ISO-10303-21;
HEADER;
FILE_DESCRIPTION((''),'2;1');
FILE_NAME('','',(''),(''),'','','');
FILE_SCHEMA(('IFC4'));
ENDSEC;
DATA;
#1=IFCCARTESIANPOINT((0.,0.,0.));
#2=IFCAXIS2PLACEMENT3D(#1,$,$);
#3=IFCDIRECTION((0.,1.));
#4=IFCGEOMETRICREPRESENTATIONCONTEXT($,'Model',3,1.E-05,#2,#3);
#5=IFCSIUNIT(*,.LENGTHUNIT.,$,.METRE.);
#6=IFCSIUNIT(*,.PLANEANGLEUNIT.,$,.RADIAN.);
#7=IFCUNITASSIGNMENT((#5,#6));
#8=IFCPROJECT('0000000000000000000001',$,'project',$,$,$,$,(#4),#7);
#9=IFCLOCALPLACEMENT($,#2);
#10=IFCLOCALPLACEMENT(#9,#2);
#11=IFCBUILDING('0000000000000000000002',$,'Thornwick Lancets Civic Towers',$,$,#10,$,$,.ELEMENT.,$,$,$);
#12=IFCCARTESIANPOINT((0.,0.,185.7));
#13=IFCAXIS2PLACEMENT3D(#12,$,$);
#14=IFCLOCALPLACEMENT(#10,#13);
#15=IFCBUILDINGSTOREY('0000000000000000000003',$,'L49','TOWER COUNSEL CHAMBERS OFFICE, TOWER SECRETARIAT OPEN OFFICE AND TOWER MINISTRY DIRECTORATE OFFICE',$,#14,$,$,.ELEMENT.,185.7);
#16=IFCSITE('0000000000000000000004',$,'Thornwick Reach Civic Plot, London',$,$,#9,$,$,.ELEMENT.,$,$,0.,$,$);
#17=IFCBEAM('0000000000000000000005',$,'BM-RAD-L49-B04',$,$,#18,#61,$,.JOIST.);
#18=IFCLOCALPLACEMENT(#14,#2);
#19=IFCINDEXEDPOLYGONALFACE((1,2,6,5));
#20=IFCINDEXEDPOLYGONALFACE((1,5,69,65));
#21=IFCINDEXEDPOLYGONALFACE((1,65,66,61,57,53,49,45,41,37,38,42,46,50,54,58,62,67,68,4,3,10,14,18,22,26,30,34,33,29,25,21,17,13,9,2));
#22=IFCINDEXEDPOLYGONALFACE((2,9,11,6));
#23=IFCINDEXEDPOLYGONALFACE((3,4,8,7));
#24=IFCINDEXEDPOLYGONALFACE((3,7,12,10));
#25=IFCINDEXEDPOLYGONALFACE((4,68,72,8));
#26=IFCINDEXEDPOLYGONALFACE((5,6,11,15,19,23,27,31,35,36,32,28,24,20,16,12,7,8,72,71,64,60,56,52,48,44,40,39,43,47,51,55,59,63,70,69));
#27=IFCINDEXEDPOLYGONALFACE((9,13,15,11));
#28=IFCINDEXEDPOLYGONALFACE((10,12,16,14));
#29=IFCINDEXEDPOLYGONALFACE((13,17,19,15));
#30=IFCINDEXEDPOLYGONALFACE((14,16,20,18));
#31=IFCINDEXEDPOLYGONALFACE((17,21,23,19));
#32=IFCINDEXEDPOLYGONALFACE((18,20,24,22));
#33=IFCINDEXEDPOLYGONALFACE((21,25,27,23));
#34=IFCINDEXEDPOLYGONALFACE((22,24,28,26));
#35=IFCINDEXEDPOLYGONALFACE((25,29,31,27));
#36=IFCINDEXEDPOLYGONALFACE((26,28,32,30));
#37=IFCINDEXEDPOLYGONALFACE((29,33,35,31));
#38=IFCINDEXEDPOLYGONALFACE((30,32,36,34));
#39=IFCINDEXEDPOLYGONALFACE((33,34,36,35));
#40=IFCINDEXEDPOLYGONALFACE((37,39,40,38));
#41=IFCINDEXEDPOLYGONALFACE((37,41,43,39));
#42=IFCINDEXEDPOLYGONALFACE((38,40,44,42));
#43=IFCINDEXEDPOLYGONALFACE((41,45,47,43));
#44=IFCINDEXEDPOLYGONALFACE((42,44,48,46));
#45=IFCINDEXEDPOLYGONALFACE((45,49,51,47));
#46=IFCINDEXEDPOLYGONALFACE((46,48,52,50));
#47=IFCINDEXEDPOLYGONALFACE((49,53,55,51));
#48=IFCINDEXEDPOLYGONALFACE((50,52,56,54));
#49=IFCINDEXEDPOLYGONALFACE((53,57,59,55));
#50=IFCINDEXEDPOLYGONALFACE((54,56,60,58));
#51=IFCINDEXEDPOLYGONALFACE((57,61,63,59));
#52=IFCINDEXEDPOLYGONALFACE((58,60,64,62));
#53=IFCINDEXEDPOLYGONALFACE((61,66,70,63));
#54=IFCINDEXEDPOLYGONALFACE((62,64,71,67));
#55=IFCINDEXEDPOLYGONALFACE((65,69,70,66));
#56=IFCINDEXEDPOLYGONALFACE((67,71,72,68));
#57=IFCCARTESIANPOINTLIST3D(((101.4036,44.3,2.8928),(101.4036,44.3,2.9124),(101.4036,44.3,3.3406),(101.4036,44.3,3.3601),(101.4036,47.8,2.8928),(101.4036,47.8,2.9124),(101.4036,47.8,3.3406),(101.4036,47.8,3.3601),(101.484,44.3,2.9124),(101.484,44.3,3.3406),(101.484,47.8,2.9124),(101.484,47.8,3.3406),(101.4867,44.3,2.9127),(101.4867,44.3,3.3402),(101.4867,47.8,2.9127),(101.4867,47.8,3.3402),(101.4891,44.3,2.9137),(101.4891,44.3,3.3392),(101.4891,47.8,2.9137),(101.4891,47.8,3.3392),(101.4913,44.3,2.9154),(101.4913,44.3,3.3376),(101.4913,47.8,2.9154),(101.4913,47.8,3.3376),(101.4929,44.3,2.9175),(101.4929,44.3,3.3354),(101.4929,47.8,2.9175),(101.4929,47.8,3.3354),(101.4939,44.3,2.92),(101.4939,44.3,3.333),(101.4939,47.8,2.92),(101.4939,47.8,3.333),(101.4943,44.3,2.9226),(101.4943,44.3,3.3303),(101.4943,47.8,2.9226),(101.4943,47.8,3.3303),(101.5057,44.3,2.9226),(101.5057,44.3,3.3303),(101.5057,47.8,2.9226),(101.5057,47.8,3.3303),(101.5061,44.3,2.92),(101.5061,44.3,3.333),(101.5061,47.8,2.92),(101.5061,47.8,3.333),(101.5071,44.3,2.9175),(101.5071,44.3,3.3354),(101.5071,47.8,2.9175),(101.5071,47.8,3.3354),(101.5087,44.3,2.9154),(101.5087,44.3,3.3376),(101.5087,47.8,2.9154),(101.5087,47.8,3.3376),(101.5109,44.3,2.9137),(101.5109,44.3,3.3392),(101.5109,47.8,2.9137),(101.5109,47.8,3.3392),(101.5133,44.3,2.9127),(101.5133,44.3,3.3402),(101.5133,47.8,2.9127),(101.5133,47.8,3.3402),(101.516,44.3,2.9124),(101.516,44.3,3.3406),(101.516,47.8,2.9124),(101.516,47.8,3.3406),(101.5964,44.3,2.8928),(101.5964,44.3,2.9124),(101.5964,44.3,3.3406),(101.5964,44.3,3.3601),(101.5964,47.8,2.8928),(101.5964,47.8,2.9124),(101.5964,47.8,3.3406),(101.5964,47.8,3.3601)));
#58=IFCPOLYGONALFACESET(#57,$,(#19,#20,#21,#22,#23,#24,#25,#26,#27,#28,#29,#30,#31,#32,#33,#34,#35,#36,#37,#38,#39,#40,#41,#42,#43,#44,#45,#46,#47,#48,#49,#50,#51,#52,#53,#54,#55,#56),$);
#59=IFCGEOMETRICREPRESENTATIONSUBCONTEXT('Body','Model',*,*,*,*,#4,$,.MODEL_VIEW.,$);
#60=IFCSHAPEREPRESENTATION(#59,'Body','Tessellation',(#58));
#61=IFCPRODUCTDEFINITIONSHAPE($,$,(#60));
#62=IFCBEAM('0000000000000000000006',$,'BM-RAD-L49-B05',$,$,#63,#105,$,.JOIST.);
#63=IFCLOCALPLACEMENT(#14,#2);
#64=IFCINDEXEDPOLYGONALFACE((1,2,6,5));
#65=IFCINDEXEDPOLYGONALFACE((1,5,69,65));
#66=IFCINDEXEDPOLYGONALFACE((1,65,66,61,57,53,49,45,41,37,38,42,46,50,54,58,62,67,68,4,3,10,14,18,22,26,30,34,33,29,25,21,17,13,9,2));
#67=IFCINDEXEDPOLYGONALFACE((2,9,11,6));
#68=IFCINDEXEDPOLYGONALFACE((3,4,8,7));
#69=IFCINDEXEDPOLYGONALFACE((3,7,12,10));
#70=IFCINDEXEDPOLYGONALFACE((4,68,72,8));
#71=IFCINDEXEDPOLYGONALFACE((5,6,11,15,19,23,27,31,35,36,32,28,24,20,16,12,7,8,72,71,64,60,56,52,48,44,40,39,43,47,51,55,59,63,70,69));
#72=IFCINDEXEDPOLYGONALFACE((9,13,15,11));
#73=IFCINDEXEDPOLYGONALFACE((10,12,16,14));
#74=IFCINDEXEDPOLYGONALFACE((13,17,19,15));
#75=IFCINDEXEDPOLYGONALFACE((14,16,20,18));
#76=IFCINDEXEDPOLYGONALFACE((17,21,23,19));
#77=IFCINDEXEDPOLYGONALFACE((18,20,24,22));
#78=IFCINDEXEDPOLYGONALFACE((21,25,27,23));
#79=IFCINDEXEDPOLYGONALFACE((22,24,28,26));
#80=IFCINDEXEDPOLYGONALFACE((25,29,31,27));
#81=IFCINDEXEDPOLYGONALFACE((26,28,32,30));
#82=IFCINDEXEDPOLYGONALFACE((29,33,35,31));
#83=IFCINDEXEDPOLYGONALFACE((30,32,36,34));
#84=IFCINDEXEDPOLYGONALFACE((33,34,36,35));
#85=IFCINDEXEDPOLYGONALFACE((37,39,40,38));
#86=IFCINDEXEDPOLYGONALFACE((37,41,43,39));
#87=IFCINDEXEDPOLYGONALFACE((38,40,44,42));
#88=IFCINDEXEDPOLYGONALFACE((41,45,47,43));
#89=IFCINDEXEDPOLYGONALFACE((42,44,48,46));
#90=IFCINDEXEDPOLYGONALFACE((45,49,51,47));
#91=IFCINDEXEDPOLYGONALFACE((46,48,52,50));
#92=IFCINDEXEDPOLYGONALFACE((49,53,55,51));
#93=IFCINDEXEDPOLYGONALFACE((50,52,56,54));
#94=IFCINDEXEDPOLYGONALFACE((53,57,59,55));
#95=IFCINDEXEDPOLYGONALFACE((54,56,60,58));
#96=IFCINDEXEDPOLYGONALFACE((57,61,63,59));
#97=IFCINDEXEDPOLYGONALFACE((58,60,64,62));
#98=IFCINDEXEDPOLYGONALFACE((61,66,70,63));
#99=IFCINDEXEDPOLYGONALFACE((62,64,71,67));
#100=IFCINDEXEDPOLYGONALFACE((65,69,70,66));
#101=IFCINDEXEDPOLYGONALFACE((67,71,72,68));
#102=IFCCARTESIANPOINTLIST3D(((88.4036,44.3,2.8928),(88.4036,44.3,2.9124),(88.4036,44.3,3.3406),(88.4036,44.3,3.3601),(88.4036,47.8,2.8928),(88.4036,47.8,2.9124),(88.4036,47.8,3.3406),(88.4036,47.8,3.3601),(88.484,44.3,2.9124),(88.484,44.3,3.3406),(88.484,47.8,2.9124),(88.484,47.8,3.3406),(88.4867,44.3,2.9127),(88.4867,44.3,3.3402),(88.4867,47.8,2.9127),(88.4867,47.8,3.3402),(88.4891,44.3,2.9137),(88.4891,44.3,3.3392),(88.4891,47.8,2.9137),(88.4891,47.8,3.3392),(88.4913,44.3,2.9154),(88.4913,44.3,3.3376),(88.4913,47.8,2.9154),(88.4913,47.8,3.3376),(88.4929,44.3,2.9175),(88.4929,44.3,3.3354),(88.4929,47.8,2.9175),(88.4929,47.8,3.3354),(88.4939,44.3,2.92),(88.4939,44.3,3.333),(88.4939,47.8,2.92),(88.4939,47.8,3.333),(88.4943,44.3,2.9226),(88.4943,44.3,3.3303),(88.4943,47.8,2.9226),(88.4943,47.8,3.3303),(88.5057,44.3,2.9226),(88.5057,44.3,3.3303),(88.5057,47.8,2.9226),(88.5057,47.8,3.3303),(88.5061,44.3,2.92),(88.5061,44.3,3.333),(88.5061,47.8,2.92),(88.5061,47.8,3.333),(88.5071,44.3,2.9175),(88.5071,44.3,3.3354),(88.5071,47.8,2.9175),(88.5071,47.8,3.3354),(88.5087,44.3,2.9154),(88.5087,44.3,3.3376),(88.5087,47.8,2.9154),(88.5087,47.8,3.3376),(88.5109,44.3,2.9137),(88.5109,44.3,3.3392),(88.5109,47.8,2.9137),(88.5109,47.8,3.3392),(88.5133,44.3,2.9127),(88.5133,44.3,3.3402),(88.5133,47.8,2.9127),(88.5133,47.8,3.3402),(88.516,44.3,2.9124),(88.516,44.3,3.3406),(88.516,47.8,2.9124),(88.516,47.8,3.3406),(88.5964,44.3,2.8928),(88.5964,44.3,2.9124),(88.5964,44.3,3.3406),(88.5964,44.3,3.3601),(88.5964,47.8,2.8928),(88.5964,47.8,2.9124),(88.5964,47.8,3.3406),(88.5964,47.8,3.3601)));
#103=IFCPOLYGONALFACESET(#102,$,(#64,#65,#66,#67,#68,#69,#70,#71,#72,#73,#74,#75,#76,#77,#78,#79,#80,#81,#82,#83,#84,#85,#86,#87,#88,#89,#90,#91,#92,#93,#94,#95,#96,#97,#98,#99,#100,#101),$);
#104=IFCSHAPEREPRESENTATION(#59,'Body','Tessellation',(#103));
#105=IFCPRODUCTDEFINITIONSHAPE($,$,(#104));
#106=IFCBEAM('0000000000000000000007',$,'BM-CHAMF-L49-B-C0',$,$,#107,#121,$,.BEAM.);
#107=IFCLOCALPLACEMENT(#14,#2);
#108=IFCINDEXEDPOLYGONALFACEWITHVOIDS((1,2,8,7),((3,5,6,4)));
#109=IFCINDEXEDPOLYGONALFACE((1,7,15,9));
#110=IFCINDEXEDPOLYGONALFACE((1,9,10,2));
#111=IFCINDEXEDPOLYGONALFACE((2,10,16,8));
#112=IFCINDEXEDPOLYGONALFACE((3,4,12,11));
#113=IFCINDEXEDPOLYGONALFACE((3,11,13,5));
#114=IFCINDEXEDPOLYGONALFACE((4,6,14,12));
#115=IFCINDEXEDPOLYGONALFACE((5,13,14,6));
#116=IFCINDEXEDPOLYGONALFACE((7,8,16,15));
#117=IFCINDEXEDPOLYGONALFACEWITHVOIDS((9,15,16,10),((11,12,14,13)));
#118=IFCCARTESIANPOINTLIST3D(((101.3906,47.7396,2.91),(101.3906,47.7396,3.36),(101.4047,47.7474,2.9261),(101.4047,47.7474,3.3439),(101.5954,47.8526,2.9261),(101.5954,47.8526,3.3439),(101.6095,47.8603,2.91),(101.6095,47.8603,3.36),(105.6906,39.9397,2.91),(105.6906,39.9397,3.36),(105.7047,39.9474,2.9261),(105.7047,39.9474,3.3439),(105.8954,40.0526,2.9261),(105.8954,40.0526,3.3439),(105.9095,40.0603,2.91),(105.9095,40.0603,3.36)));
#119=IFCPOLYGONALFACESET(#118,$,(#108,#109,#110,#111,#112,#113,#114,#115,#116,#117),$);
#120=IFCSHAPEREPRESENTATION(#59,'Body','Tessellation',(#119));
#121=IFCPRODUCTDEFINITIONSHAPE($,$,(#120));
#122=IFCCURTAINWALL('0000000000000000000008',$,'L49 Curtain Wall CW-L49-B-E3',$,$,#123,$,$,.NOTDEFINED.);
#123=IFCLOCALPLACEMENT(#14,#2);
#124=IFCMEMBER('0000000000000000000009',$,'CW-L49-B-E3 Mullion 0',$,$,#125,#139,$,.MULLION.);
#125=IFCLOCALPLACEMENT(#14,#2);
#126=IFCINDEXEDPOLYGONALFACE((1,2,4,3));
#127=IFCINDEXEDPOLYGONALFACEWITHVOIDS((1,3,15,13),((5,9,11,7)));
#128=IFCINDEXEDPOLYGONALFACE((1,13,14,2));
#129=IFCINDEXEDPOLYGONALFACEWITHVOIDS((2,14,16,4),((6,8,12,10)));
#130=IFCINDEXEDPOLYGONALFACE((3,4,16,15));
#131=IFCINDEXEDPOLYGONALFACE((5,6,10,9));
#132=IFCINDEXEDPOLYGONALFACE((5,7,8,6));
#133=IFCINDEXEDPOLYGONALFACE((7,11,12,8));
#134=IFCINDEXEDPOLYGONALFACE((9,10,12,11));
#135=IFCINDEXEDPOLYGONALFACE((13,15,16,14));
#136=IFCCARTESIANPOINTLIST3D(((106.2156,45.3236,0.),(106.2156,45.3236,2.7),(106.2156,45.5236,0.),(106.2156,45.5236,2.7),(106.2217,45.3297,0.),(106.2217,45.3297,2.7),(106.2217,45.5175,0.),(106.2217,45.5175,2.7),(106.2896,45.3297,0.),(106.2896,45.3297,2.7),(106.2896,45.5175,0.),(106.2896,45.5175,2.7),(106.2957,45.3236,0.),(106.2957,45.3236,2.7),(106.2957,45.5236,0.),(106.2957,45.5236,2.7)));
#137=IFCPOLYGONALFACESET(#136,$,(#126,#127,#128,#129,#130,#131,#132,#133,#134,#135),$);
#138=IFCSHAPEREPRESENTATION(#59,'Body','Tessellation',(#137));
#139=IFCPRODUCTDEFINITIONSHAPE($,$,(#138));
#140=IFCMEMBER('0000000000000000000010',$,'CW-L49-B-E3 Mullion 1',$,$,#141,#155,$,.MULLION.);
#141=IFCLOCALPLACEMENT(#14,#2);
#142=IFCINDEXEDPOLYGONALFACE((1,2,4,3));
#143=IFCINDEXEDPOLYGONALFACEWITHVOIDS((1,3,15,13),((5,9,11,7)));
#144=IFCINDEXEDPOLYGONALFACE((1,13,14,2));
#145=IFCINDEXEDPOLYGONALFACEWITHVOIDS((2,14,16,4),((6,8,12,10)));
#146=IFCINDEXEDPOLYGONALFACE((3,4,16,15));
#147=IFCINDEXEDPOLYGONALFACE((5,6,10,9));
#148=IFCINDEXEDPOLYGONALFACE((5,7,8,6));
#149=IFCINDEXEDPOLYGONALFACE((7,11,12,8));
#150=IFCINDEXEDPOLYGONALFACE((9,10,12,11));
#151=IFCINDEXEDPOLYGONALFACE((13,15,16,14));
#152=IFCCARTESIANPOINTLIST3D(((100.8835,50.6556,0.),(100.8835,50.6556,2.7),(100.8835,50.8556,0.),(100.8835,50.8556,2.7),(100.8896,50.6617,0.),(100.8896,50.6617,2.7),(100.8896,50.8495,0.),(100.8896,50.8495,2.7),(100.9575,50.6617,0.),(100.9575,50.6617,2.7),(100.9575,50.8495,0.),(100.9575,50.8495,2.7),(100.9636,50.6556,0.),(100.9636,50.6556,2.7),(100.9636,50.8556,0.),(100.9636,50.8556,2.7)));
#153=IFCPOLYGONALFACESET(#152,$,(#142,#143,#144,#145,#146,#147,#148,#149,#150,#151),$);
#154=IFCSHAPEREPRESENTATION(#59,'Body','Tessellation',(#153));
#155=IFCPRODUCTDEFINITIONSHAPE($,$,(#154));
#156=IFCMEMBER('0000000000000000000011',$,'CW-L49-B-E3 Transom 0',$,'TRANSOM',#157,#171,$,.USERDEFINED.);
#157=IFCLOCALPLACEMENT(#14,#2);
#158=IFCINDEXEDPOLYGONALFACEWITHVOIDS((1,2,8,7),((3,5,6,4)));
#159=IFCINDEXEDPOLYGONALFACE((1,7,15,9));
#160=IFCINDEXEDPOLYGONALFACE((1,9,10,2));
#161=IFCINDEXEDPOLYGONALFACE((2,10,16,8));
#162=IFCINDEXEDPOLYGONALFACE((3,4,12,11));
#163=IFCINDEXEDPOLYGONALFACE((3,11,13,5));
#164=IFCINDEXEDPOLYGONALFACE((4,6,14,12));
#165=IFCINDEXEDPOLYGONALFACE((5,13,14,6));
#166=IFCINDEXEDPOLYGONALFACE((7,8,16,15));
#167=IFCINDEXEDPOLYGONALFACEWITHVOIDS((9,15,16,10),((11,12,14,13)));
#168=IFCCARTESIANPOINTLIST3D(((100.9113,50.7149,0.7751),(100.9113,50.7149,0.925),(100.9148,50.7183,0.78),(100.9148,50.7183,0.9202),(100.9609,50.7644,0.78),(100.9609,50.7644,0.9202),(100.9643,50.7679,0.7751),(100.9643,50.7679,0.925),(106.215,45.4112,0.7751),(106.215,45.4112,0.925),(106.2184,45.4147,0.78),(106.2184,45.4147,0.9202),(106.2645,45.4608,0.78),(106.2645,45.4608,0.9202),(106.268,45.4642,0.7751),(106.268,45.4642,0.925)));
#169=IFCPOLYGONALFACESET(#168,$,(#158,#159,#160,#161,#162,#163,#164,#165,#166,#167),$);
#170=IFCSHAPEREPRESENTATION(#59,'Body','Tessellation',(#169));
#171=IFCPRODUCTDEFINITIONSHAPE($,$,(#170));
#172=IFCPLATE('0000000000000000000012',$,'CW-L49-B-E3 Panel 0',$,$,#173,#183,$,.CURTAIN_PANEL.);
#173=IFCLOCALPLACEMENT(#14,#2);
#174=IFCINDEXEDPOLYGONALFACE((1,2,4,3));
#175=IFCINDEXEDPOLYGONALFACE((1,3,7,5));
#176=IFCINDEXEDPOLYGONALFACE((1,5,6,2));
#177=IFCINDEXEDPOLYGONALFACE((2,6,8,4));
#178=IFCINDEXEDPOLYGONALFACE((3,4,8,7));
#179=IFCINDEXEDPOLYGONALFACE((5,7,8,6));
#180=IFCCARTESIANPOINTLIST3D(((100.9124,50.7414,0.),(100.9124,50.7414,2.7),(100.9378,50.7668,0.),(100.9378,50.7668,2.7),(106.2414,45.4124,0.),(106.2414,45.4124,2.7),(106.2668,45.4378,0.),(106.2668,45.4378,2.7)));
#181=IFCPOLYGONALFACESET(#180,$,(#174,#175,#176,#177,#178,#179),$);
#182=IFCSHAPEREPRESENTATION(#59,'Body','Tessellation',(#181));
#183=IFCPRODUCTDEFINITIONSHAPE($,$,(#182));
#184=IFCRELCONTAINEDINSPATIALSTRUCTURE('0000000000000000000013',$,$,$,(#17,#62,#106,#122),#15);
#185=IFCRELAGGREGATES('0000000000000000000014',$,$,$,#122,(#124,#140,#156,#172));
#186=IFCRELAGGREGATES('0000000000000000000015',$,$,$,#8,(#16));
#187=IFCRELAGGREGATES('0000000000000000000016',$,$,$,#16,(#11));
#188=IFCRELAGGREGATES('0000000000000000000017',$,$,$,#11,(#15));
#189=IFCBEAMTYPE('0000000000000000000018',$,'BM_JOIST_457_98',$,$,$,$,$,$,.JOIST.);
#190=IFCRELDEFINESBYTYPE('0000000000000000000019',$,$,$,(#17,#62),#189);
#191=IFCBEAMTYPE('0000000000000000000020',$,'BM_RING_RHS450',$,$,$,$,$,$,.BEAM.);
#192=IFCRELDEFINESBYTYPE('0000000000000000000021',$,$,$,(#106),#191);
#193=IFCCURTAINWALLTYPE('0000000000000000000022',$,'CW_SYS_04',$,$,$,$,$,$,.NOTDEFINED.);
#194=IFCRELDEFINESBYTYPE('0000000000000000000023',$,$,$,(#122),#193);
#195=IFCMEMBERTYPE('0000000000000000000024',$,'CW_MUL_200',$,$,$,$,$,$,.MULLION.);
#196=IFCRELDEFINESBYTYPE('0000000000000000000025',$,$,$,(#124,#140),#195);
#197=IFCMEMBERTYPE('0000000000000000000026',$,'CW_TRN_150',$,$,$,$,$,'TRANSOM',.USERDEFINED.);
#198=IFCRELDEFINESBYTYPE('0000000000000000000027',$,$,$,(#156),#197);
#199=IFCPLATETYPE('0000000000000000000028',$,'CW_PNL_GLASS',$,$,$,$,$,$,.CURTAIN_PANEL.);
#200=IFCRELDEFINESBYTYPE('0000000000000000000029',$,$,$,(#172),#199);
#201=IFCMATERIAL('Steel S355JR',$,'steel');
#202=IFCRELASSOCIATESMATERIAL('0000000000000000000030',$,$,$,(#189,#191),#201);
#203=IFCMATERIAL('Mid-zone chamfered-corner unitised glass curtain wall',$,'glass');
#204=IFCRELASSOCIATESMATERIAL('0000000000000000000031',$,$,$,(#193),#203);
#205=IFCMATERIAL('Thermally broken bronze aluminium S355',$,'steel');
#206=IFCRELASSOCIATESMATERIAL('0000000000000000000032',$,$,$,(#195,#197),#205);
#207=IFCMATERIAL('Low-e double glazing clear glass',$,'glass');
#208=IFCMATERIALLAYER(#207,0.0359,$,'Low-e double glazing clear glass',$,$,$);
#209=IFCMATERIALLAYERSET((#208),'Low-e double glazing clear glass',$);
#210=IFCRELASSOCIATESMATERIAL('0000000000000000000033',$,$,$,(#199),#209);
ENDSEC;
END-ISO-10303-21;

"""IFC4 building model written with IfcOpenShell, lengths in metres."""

from ifc_helpers import new_model, si_unit, direction, frame, origin, origin_2d, place, context, subcontext, project, spatial, rectangle, hollow_rectangle, i_section, extrude, material, layer, layer_set, material_profile, profile_set, type_object, element, aggregate, save


model = new_model("IFC4")

# Units and contexts
model_context = context("Model", 3, precision=1e-05, world=origin(), true_north=direction((0.0, 1.0)))
body_context = subcontext(model_context, "Body", "Model", "MODEL_VIEW")
ifc_project = project(units=[si_unit("LENGTHUNIT", "METRE"), si_unit("PLANEANGLEUNIT", "RADIAN")], contexts=[model_context])

# Site, building, storey
site_placement = place(None, origin())
site = spatial("IfcSite", under=ifc_project, at=site_placement, Name="Thornwick Reach Civic Plot, London", CompositionType="ELEMENT", RefElevation=0.0)
building_placement = place(site_placement, origin())
building = spatial("IfcBuilding", under=site, at=building_placement, Name="Thornwick Lancets Civic Towers", CompositionType="ELEMENT")
storey_placement = place(building_placement, frame((0.0, 0.0, 185.7)))
storey = spatial("IfcBuildingStorey", under=building, at=storey_placement, Name="L49", Description="TOWER COUNSEL CHAMBERS OFFICE, TOWER SECRETARIAT OPEN OFFICE AND TOWER MINISTRY DIRECTORATE OFFICE", CompositionType="ELEMENT", Elevation=185.7)

# Beams
ifc_material_1 = material(Name="Steel S355JR", Category="steel")
ifc_material_profile_1 = material_profile(ifc_material_1, i_section(OverallWidth=0.1929, OverallDepth=0.4673, WebThickness=0.0115, FlangeThickness=0.0195, FilletRadius=0.0103, at=origin_2d()), Name="UKB 457x191x98")
ifc_profile_set_1 = profile_set([ifc_material_profile_1], Name="Steel S355JR")
beam_type_1 = type_object("IfcBeamType", Name="BM_JOIST_457_98", PredefinedType="JOIST", material=ifc_profile_set_1)
for number, where, z_axis, x_axis, name in (
    (1, (101.5, 44.3, 3.1265), (0.0, 1.0, 0.0), (-1.0, 0.0, 0.0), "BM-RAD-L49-B04"),
    (2, (88.5, 44.3, 3.1265), (0.0, 1.0, 0.0), (-1.0, 0.0, 0.0), "BM-RAD-L49-B05"),
):
    element("IfcBeam", number, at=place(storey_placement, frame(where, z_axis=z_axis, x_axis=x_axis)), inside=storey, type_object=beam_type_1, Name=name, PredefinedType="JOIST", context=body_context, shape_type="SweptSolid", body=[
        extrude(i_section(OverallWidth=0.1929, OverallDepth=0.4673, WebThickness=0.0115, FlangeThickness=0.0195, FilletRadius=0.0103, at=origin_2d()), origin(), (0.0, 0.0, 1.0), 3.5),
    ])
ifc_material_profile_2 = material_profile(ifc_material_1, hollow_rectangle(XDim=0.25, YDim=0.45, WallThickness=0.0161, at=origin_2d()), Name="RHS 450x250x16")
ifc_profile_set_2 = profile_set([ifc_material_profile_2], Name="Steel S355JR")
beam_type_2 = type_object("IfcBeamType", Name="BM_RING_RHS450", PredefinedType="BEAM", material=ifc_profile_set_2)
beam_1_placement = place(storey_placement, frame((105.8, 40.0, 3.135), z_axis=(-0.482782, 0.87574, 0.0), x_axis=(-0.87574, -0.482782, 0.0)))
element("IfcBeam", 3, at=beam_1_placement, inside=storey, type_object=beam_type_2, Name="BM-CHAMF-L49-B-C0", PredefinedType="BEAM", context=body_context, shape_type="SweptSolid", body=[
    extrude(hollow_rectangle(XDim=0.25, YDim=0.45, WallThickness=0.0161, at=origin_2d()), origin(), (0.0, 0.0, 1.0), 8.9067),
])

# Curtain wall, members, plate
ifc_material_2 = material(Name="Mid-zone chamfered-corner unitised glass curtain wall", Category="glass")
curtain_wall_type = type_object("IfcCurtainWallType", Name="CW_SYS_04", PredefinedType="NOTDEFINED", material=ifc_material_2)
curtain_wall_placement = place(storey_placement, origin())
curtain_wall = element("IfcCurtainWall", 4, at=curtain_wall_placement, inside=storey, type_object=curtain_wall_type, Name="L49 Curtain Wall CW-L49-B-E3", PredefinedType="NOTDEFINED")
ifc_material_3 = material(Name="Thermally broken bronze aluminium S355", Category="steel")
ifc_material_profile_3 = material_profile(ifc_material_3, hollow_rectangle(XDim=0.0801, YDim=0.2, WallThickness=0.0061, at=origin_2d()), Name="RHS 200x80x6")
ifc_profile_set_3 = profile_set([ifc_material_profile_3], Name="Thermally broken bronze aluminium S355")
member_type_1 = type_object("IfcMemberType", Name="CW_MUL_200", PredefinedType="MULLION", material=ifc_profile_set_3)
member_1_placement = place(storey_placement, frame((106.2556, 45.4236, 0.0), z_axis=(0.0, 0.0, 1.0), x_axis=(1.0, 0.0, 0.0)))
member_1 = element("IfcMember", 5, at=member_1_placement, type_object=member_type_1, Name="CW-L49-B-E3 Mullion 0", PredefinedType="MULLION", context=body_context, shape_type="SweptSolid", body=[
    extrude(hollow_rectangle(XDim=0.0801, YDim=0.2, WallThickness=0.0061, at=origin_2d()), origin(), (0.0, 0.0, 1.0), 2.7),
])
member_2_placement = place(storey_placement, frame((100.9236, 50.7556, 0.0), z_axis=(0.0, 0.0, 1.0), x_axis=(1.0, 0.0, 0.0)))
member_2 = element("IfcMember", 6, at=member_2_placement, type_object=member_type_1, Name="CW-L49-B-E3 Mullion 1", PredefinedType="MULLION", context=body_context, shape_type="SweptSolid", body=[
    extrude(hollow_rectangle(XDim=0.0801, YDim=0.2, WallThickness=0.0061, at=origin_2d()), origin(), (0.0, 0.0, 1.0), 2.7),
])
ifc_material_profile_4 = material_profile(ifc_material_3, hollow_rectangle(XDim=0.075, YDim=0.1499, WallThickness=0.0049, at=origin_2d()), Name="RHS 150x75x5")
ifc_profile_set_4 = profile_set([ifc_material_profile_4], Name="Thermally broken bronze aluminium S355")
member_type_2 = type_object("IfcMemberType", Name="CW_TRN_150", ElementType="TRANSOM", PredefinedType="USERDEFINED", material=ifc_profile_set_4)
member_3_placement = place(storey_placement, frame((106.2415, 45.4377, 0.8501), z_axis=(-0.707107, 0.707107, 0.0), x_axis=(-0.707107, -0.707107, 0.0)))
member_3 = element("IfcMember", 7, at=member_3_placement, type_object=member_type_2, Name="CW-L49-B-E3 Transom 0", ObjectType="TRANSOM", PredefinedType="USERDEFINED", context=body_context, shape_type="SweptSolid", body=[
    extrude(hollow_rectangle(XDim=0.075, YDim=0.1499, WallThickness=0.0049, at=origin_2d()), origin(), (0.0, 0.0, 1.0), 7.5005),
])
ifc_material_4 = material(Name="Low-e double glazing clear glass", Category="glass")
ifc_layer_1 = layer(ifc_material_4, 0.0359, Name="Low-e double glazing clear glass")
ifc_layer_set_1 = layer_set([ifc_layer_1], Name="Low-e double glazing clear glass")
plate_type = type_object("IfcPlateType", Name="CW_PNL_GLASS", PredefinedType="CURTAIN_PANEL", material=ifc_layer_set_1)
plate_placement = place(storey_placement, frame((103.5896, 48.0896, 0.0), z_axis=(0.0, 0.0, 1.0), x_axis=(-0.707107, 0.707107, 0.0)))
plate = element("IfcPlate", 8, at=plate_placement, type_object=plate_type, Name="CW-L49-B-E3 Panel 0", PredefinedType="CURTAIN_PANEL", context=body_context, shape_type="SweptSolid", body=[
    extrude(rectangle(XDim=7.5364, YDim=0.0359, at=origin_2d()), origin(), (0.0, 0.0, 1.0), 2.7),
])
aggregate(curtain_wall, [member_1, member_2, member_3, plate])

save(model, "model.ifc")
